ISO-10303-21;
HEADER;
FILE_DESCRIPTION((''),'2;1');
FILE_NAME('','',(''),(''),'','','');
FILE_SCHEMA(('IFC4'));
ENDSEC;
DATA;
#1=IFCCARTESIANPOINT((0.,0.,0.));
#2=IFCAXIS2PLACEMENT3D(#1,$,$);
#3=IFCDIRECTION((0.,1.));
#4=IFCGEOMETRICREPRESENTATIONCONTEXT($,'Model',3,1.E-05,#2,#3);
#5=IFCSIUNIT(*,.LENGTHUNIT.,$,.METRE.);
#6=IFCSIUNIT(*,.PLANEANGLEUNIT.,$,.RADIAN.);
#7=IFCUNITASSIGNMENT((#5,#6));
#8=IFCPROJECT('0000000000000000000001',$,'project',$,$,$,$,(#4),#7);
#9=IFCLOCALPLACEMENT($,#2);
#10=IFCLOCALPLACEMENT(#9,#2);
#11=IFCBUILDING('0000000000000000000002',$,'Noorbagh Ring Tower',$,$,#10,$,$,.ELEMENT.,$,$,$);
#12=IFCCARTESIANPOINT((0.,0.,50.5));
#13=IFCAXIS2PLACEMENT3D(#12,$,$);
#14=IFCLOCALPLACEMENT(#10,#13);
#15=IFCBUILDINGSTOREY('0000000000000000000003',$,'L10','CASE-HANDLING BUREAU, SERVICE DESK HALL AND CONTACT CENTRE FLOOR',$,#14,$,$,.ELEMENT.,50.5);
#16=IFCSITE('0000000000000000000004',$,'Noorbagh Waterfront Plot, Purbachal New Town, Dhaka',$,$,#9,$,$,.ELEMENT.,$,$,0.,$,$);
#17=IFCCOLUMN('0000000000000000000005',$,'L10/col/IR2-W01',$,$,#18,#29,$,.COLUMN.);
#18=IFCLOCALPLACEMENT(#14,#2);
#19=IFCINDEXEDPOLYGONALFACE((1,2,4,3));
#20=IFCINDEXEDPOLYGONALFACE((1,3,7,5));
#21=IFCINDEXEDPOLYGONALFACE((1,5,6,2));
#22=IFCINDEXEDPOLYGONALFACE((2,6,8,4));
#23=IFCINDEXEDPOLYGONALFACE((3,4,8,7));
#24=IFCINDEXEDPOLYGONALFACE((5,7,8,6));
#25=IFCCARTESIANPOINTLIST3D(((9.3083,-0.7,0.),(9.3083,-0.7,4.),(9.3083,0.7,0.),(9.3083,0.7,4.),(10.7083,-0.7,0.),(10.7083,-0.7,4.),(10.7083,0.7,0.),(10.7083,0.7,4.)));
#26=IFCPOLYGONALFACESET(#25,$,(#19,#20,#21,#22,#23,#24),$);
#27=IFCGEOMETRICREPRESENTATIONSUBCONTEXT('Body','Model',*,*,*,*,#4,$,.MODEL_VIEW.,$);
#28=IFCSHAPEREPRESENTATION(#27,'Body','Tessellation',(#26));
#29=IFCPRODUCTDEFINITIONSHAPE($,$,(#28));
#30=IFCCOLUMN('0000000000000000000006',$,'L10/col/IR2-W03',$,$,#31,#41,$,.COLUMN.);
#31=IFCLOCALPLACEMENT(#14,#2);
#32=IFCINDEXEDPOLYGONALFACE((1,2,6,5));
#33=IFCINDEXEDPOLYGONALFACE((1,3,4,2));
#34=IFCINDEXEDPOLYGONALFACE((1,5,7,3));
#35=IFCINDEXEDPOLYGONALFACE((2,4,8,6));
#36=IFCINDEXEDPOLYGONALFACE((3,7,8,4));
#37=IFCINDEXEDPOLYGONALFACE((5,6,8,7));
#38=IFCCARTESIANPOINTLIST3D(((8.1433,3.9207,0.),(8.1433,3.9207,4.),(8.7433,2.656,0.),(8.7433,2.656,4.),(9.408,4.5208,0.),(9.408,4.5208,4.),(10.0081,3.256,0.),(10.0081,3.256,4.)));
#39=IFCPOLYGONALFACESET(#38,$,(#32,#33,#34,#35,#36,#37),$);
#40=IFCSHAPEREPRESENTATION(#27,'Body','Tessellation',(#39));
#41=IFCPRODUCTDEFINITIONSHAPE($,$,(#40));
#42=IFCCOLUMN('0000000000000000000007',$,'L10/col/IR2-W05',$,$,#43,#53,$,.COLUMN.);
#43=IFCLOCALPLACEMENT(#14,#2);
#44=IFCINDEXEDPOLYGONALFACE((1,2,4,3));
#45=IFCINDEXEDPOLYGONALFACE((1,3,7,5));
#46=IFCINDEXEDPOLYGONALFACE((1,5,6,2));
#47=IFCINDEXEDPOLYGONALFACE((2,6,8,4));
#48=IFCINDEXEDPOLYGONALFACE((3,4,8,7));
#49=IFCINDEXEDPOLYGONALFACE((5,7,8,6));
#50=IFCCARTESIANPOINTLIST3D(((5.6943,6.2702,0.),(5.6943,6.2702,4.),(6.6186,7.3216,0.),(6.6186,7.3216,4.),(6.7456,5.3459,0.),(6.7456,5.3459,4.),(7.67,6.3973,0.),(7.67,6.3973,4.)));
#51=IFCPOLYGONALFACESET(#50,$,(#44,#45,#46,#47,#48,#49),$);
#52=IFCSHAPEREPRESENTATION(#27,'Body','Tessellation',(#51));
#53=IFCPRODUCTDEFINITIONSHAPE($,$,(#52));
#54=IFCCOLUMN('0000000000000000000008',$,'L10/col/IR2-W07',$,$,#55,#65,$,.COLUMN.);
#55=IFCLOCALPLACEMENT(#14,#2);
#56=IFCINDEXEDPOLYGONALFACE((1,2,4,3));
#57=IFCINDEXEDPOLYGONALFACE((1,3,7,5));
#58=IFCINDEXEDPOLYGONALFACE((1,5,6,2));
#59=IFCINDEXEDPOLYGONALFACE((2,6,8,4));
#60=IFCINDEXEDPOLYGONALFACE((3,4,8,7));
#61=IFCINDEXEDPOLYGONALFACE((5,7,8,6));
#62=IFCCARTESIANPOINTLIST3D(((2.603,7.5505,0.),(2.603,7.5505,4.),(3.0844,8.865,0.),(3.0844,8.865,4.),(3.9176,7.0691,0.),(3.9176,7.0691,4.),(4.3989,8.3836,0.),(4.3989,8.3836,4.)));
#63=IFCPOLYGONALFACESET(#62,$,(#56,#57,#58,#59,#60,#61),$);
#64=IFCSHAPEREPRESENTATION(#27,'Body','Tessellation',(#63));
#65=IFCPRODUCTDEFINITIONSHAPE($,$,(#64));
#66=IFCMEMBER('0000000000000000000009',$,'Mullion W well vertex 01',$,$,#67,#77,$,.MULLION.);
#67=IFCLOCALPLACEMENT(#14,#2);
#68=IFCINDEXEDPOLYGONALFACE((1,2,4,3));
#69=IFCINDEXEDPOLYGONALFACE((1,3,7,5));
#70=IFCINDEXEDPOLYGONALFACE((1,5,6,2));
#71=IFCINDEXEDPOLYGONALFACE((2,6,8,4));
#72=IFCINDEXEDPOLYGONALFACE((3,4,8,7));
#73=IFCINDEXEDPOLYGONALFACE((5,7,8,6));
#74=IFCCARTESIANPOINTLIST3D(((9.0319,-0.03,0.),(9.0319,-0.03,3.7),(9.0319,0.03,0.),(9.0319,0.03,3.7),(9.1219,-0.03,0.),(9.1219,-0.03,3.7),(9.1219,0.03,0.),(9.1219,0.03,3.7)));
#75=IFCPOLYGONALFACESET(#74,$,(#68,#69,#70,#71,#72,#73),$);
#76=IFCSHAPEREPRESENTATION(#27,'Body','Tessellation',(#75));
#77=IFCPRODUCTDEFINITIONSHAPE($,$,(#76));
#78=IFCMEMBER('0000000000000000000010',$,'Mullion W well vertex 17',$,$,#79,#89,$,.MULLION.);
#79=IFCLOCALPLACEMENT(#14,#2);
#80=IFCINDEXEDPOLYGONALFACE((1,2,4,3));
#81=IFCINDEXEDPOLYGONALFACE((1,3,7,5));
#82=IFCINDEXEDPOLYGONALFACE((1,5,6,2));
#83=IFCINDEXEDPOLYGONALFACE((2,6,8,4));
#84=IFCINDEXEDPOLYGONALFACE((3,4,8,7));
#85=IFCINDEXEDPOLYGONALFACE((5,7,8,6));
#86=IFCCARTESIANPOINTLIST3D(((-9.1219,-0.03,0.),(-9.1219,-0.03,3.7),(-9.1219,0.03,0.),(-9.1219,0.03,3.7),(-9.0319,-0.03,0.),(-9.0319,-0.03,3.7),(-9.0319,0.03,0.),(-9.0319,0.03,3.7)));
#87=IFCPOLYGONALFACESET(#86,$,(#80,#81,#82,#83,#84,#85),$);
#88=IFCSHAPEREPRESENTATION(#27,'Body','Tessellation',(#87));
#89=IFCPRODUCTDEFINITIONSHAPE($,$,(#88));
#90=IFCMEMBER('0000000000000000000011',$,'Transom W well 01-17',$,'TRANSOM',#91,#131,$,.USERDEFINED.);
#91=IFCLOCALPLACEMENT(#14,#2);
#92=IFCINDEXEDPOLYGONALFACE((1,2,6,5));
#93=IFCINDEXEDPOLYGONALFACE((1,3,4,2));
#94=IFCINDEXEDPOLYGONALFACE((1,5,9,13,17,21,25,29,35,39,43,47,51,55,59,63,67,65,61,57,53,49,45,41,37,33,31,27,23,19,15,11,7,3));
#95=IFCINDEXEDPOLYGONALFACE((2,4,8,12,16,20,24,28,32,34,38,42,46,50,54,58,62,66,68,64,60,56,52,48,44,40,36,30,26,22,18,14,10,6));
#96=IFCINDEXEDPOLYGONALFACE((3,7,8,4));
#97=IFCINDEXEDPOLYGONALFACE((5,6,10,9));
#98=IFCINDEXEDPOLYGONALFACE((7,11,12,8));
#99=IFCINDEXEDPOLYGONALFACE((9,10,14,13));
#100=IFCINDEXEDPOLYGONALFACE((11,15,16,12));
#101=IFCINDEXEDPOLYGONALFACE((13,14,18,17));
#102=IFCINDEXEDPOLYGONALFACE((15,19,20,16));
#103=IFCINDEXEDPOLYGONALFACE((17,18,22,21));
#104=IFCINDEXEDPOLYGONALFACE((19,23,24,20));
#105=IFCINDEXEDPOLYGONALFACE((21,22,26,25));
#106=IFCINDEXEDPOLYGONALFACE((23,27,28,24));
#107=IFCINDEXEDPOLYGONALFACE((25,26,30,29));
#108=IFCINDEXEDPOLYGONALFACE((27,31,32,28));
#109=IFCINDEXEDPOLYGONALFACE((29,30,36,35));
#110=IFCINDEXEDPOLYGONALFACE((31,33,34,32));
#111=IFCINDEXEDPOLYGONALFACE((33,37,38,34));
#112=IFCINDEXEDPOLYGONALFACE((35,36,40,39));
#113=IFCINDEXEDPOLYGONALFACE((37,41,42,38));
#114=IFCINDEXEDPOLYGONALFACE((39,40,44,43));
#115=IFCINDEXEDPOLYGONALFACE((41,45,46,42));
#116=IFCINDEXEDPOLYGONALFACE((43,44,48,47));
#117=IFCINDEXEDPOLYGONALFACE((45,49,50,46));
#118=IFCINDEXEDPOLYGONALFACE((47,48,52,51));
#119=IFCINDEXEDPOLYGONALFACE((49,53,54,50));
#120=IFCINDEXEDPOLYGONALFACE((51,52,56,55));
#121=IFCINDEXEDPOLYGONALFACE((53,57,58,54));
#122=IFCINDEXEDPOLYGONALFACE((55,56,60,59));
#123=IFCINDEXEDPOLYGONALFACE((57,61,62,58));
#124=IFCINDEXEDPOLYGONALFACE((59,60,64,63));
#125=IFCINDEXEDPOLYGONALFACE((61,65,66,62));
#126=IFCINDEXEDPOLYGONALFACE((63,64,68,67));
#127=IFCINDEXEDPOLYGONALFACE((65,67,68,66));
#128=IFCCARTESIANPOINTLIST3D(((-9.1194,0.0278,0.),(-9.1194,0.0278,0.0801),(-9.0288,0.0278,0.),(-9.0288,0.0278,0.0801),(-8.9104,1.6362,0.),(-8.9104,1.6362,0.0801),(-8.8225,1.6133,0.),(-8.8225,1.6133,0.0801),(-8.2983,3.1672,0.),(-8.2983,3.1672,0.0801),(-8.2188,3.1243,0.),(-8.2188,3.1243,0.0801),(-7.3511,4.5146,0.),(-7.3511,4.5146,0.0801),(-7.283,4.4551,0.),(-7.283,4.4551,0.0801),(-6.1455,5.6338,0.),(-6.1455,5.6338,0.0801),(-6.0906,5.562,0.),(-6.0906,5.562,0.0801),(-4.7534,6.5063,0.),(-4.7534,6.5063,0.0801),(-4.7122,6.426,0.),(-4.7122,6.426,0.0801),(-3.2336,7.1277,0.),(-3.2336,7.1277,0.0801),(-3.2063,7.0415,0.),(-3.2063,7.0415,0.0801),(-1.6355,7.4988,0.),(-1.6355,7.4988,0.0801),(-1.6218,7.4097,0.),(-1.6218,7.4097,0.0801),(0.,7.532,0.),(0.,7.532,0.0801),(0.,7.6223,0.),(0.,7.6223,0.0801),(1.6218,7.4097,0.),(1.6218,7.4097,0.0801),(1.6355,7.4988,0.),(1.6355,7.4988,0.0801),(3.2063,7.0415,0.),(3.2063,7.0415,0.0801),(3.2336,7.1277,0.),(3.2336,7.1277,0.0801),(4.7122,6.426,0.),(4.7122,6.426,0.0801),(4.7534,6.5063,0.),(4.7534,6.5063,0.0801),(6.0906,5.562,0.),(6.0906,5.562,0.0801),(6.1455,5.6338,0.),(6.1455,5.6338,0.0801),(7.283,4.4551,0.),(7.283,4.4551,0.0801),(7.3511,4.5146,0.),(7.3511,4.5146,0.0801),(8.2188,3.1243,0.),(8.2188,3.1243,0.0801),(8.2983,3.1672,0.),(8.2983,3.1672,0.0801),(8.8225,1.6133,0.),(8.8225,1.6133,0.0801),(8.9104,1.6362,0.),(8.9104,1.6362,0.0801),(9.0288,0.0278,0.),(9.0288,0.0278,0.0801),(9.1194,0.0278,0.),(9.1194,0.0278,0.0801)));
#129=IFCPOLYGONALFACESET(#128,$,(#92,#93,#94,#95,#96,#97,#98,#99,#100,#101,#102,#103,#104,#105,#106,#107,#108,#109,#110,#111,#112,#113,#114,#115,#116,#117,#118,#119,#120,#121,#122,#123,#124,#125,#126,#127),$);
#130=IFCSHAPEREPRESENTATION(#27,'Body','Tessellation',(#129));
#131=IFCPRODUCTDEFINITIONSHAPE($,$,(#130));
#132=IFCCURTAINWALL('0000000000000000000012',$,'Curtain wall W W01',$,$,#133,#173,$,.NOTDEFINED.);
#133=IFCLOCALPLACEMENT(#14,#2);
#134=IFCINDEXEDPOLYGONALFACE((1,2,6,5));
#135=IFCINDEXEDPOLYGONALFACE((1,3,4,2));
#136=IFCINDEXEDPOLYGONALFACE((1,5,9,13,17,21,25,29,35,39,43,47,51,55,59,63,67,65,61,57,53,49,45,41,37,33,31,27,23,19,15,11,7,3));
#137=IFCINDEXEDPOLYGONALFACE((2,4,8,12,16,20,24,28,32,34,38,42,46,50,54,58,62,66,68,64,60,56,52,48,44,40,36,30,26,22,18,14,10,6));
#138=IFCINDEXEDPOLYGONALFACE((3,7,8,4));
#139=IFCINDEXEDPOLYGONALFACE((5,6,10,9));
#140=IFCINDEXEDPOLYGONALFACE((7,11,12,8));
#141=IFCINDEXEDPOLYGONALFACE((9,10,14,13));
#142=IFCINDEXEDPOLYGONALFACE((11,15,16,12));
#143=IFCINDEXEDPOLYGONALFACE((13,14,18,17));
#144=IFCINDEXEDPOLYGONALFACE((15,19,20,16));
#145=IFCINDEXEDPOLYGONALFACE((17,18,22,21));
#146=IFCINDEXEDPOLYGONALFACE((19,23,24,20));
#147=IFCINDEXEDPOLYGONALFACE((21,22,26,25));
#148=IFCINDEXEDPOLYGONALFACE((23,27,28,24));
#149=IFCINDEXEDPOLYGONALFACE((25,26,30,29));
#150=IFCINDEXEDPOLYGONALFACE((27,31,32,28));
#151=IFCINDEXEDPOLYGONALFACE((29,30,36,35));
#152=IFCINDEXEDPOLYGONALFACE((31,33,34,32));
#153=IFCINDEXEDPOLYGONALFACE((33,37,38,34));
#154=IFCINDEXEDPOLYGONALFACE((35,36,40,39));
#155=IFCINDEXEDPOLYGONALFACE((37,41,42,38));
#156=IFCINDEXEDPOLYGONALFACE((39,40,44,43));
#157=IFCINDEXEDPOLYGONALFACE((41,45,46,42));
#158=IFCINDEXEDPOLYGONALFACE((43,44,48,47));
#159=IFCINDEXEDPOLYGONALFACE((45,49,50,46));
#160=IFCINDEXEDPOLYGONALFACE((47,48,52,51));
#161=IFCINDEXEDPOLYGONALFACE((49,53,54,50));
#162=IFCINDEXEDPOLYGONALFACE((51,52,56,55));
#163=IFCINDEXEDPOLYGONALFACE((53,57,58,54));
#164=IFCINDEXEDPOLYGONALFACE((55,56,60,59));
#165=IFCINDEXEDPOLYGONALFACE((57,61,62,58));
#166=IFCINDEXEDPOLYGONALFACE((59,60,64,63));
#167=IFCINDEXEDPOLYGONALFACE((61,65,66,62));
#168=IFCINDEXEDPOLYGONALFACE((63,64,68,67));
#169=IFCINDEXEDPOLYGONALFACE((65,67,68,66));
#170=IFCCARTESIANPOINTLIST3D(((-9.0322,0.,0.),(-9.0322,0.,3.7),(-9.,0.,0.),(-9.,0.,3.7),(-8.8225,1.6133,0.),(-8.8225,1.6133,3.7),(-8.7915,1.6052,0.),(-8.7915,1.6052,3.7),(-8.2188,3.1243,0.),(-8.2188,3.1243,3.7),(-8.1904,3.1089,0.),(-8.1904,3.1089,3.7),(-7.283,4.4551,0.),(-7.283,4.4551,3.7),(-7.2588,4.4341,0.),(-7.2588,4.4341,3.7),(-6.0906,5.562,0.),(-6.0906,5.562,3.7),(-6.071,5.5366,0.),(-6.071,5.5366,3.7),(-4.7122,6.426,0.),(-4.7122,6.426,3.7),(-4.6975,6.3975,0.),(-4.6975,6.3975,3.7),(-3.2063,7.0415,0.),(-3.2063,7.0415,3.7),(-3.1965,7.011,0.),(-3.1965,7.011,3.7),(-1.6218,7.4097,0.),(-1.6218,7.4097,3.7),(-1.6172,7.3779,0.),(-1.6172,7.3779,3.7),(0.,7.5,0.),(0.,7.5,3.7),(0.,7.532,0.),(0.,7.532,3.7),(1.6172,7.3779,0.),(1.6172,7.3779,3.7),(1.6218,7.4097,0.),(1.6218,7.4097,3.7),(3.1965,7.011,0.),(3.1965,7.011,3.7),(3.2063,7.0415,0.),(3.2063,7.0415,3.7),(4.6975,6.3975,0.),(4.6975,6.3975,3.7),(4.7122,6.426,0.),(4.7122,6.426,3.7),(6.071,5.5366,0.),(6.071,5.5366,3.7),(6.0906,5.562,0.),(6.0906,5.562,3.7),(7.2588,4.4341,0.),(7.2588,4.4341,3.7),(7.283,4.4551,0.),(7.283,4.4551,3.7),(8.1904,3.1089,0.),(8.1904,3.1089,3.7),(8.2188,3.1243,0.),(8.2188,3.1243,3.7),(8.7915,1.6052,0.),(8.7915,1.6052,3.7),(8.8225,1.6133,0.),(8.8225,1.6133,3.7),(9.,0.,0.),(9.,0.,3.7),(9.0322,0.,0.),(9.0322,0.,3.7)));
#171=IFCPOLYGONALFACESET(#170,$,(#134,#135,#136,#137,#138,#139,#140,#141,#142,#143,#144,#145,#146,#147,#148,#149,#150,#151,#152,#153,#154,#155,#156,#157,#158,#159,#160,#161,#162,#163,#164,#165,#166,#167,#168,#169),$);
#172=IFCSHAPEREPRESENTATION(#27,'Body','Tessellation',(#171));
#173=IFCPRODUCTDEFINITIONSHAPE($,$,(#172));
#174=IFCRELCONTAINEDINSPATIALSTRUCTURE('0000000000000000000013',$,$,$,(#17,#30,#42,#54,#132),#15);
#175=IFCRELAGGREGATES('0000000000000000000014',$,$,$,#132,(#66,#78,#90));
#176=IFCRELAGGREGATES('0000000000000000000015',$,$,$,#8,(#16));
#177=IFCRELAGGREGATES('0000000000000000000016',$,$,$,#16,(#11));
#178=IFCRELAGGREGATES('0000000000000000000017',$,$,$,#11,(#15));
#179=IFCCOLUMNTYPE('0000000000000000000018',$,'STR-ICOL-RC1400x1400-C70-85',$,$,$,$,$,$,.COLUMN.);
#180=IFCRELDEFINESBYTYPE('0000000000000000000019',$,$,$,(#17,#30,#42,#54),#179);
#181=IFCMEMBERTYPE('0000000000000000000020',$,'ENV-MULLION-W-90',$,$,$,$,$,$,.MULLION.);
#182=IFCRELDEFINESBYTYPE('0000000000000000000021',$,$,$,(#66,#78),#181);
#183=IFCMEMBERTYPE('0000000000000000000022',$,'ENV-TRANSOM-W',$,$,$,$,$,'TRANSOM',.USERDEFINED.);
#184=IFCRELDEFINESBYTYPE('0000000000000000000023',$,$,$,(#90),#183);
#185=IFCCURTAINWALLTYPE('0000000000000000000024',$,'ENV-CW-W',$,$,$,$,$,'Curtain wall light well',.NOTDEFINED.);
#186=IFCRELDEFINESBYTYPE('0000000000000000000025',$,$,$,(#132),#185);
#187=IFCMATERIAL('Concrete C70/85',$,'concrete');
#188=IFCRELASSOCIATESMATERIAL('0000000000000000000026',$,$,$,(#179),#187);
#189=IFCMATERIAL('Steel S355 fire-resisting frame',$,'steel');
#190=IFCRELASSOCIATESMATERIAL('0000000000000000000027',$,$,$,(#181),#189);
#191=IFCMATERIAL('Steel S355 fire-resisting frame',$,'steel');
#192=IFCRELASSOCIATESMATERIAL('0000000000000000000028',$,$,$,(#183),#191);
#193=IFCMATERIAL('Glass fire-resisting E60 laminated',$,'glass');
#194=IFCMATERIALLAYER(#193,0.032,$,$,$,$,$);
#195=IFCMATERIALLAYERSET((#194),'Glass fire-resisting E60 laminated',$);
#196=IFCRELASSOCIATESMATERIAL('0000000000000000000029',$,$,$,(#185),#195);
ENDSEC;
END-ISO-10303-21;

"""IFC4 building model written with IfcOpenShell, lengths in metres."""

from ifc_helpers import new_model, si_unit, direction, frame, origin, origin_2d, place, context, subcontext, project, spatial, polyline, rectangle, outline, extrude, material, layer, layer_set, material_profile, profile_set, type_object, element, aggregate, save


model = new_model("IFC4")

# Units and contexts
model_context = context("Model", 3, precision=1e-05, world=origin(), true_north=direction((0.0, 1.0)))
body_context = subcontext(model_context, "Body", "Model", "MODEL_VIEW")
ifc_project = project(units=[si_unit("LENGTHUNIT", "METRE"), si_unit("PLANEANGLEUNIT", "RADIAN")], contexts=[model_context])

# Site, building, storey
site_placement = place(None, origin())
site = spatial("IfcSite", under=ifc_project, at=site_placement, Name="Noorbagh Waterfront Plot, Purbachal New Town, Dhaka", CompositionType="ELEMENT", RefElevation=0.0)
building_placement = place(site_placement, origin())
building = spatial("IfcBuilding", under=site, at=building_placement, Name="Noorbagh Ring Tower", CompositionType="ELEMENT")
storey_placement = place(building_placement, frame((0.0, 0.0, 50.5)))
storey = spatial("IfcBuildingStorey", under=building, at=storey_placement, Name="L10", Description="CASE-HANDLING BUREAU, SERVICE DESK HALL AND CONTACT CENTRE FLOOR", CompositionType="ELEMENT", Elevation=50.5)

# Columns
ifc_material_1 = material(Name="Concrete C70/85", Category="concrete")
ifc_material_profile_1 = material_profile(ifc_material_1, rectangle(XDim=1.3999, YDim=1.3999, at=origin_2d()), Name="RC1400x1400")
ifc_profile_set_1 = profile_set([ifc_material_profile_1], Name="Concrete C70/85")
column_type = type_object("IfcColumnType", Name="STR-ICOL-RC1400x1400-C70-85", PredefinedType="COLUMN", material=ifc_profile_set_1)
for number, where, z_axis, x_axis, name in (
    (1, (10.0083, 0.0, 0.0), (0.0, 0.0, 1.0), (0.0, 1.0, 0.0), "L10/col/IR2-W01"),
    (2, (9.0757, 3.5884, 0.0), (0.0, 0.0, 1.0), (-0.428667, 0.903463, 0.0), "L10/col/IR2-W03"),
    (3, (6.6821, 6.3337, 0.0), (0.0, 0.0, 1.0), (-0.751022, 0.660277, 0.0), "L10/col/IR2-W05"),
    (4, (3.501, 7.967, 0.0), (0.0, 0.0, 1.0), (-0.93902, 0.343864, 0.0), "L10/col/IR2-W07"),
):
    element("IfcColumn", number, at=place(storey_placement, frame(where, z_axis=z_axis, x_axis=x_axis)), inside=storey, type_object=column_type, Name=name, PredefinedType="COLUMN", context=body_context, shape_type="SweptSolid", body=[
        extrude(rectangle(XDim=1.3999, YDim=1.3999, at=origin_2d()), origin(), (0.0, 0.0, 1.0), 4.0),
    ])

# Members
ifc_material_2 = material(Name="Steel S355 fire-resisting frame", Category="steel")
ifc_material_profile_2 = material_profile(ifc_material_2, rectangle(XDim=0.0901, YDim=0.0601, at=origin_2d()), Name="90x60")
ifc_profile_set_2 = profile_set([ifc_material_profile_2], Name="Steel S355 fire-resisting frame")
member_type_1 = type_object("IfcMemberType", Name="ENV-MULLION-W-90", PredefinedType="MULLION", material=ifc_profile_set_2)
member_1_placement = place(storey_placement, frame((9.0769, 0.0, 0.0), z_axis=(0.0, 0.0, 1.0), x_axis=(1.0, 0.0, 0.0)))
member_1 = element("IfcMember", 5, at=member_1_placement, type_object=member_type_1, Name="Mullion W well vertex 01", PredefinedType="MULLION", context=body_context, shape_type="SweptSolid", body=[
    extrude(rectangle(XDim=0.0901, YDim=0.0601, at=origin_2d()), origin(), (0.0, 0.0, 1.0), 3.7),
])
member_2_placement = place(storey_placement, frame((-9.0769, 0.0, 0.0), z_axis=(0.0, 0.0, 1.0), x_axis=(-1.0, 0.0, 0.0)))
member_2 = element("IfcMember", 6, at=member_2_placement, type_object=member_type_1, Name="Mullion W well vertex 17", PredefinedType="MULLION", context=body_context, shape_type="SweptSolid", body=[
    extrude(rectangle(XDim=0.0901, YDim=0.0601, at=origin_2d()), origin(), (0.0, 0.0, 1.0), 3.7),
])
ifc_material_3 = material(Name="Steel S355 fire-resisting frame", Category="steel")
member_type_2 = type_object("IfcMemberType", Name="ENV-TRANSOM-W", ElementType="TRANSOM", PredefinedType="USERDEFINED", material=ifc_material_3)
member_3_placement = place(storey_placement, origin())
member_3 = element("IfcMember", 7, at=member_3_placement, type_object=member_type_2, Name="Transom W well 01-17", ObjectType="TRANSOM", PredefinedType="USERDEFINED", context=body_context, shape_type="SweptSolid", body=[
    extrude(outline(polyline([(9.1194, 0.0278), (8.9104, 1.6362), (8.2983, 3.1672), (7.3511, 4.5146), (6.1455, 5.6338), (4.7534, 6.5063), (3.2336, 7.1277), (1.6355, 7.4988), (0.0, 7.6223), (-1.6355, 7.4988), (-3.2336, 7.1277), (-4.7534, 6.5063), (-6.1455, 5.6338), (-7.3511, 4.5146), (-8.2983, 3.1672), (-8.9104, 1.6362), (-9.1194, 0.0278), (-9.0288, 0.0278), (-8.8225, 1.6133), (-8.2188, 3.1243), (-7.283, 4.4551), (-6.0906, 5.562), (-4.7122, 6.426), (-3.2063, 7.0415), (-1.6218, 7.4097), (0.0, 7.532), (1.6218, 7.4097), (3.2063, 7.0415), (4.7122, 6.426), (6.0906, 5.562), (7.283, 4.4551), (8.2188, 3.1243), (8.8225, 1.6133), (9.0288, 0.0278), (9.1194, 0.0278)])), origin(), (0.0, 0.0, 1.0), 0.0801),
])

# Curtain wall
ifc_material_4 = material(Name="Glass fire-resisting E60 laminated", Category="glass")
ifc_layer_1 = layer(ifc_material_4, 0.032)
ifc_layer_set_1 = layer_set([ifc_layer_1], Name="Glass fire-resisting E60 laminated")
curtain_wall_type = type_object("IfcCurtainWallType", Name="ENV-CW-W", ElementType="Curtain wall light well", PredefinedType="NOTDEFINED", material=ifc_layer_set_1)
curtain_wall_1_placement = place(storey_placement, origin())
curtain_wall_1 = element("IfcCurtainWall", 8, at=curtain_wall_1_placement, inside=storey, type_object=curtain_wall_type, Name="Curtain wall W W01", PredefinedType="NOTDEFINED", context=body_context, shape_type="SweptSolid", body=[
    extrude(outline(polyline([(9.0322, 0.0), (8.8225, 1.6133), (8.2188, 3.1243), (7.283, 4.4551), (6.0906, 5.562), (4.7122, 6.426), (3.2063, 7.0415), (1.6218, 7.4097), (0.0, 7.532), (-1.6218, 7.4097), (-3.2063, 7.0415), (-4.7122, 6.426), (-6.0906, 5.562), (-7.283, 4.4551), (-8.2188, 3.1243), (-8.8225, 1.6133), (-9.0322, 0.0), (-9.0, 0.0), (-8.7915, 1.6052), (-8.1904, 3.1089), (-7.2588, 4.4341), (-6.071, 5.5366), (-4.6975, 6.3975), (-3.1965, 7.011), (-1.6172, 7.3779), (0.0, 7.5), (1.6172, 7.3779), (3.1965, 7.011), (4.6975, 6.3975), (6.071, 5.5366), (7.2588, 4.4341), (8.1904, 3.1089), (8.7915, 1.6052), (9.0, 0.0), (9.0322, 0.0)])), origin(), (0.0, 0.0, 1.0), 3.7),
])
aggregate(curtain_wall_1, [member_1, member_2, member_3])

save(model, "model.ifc")
